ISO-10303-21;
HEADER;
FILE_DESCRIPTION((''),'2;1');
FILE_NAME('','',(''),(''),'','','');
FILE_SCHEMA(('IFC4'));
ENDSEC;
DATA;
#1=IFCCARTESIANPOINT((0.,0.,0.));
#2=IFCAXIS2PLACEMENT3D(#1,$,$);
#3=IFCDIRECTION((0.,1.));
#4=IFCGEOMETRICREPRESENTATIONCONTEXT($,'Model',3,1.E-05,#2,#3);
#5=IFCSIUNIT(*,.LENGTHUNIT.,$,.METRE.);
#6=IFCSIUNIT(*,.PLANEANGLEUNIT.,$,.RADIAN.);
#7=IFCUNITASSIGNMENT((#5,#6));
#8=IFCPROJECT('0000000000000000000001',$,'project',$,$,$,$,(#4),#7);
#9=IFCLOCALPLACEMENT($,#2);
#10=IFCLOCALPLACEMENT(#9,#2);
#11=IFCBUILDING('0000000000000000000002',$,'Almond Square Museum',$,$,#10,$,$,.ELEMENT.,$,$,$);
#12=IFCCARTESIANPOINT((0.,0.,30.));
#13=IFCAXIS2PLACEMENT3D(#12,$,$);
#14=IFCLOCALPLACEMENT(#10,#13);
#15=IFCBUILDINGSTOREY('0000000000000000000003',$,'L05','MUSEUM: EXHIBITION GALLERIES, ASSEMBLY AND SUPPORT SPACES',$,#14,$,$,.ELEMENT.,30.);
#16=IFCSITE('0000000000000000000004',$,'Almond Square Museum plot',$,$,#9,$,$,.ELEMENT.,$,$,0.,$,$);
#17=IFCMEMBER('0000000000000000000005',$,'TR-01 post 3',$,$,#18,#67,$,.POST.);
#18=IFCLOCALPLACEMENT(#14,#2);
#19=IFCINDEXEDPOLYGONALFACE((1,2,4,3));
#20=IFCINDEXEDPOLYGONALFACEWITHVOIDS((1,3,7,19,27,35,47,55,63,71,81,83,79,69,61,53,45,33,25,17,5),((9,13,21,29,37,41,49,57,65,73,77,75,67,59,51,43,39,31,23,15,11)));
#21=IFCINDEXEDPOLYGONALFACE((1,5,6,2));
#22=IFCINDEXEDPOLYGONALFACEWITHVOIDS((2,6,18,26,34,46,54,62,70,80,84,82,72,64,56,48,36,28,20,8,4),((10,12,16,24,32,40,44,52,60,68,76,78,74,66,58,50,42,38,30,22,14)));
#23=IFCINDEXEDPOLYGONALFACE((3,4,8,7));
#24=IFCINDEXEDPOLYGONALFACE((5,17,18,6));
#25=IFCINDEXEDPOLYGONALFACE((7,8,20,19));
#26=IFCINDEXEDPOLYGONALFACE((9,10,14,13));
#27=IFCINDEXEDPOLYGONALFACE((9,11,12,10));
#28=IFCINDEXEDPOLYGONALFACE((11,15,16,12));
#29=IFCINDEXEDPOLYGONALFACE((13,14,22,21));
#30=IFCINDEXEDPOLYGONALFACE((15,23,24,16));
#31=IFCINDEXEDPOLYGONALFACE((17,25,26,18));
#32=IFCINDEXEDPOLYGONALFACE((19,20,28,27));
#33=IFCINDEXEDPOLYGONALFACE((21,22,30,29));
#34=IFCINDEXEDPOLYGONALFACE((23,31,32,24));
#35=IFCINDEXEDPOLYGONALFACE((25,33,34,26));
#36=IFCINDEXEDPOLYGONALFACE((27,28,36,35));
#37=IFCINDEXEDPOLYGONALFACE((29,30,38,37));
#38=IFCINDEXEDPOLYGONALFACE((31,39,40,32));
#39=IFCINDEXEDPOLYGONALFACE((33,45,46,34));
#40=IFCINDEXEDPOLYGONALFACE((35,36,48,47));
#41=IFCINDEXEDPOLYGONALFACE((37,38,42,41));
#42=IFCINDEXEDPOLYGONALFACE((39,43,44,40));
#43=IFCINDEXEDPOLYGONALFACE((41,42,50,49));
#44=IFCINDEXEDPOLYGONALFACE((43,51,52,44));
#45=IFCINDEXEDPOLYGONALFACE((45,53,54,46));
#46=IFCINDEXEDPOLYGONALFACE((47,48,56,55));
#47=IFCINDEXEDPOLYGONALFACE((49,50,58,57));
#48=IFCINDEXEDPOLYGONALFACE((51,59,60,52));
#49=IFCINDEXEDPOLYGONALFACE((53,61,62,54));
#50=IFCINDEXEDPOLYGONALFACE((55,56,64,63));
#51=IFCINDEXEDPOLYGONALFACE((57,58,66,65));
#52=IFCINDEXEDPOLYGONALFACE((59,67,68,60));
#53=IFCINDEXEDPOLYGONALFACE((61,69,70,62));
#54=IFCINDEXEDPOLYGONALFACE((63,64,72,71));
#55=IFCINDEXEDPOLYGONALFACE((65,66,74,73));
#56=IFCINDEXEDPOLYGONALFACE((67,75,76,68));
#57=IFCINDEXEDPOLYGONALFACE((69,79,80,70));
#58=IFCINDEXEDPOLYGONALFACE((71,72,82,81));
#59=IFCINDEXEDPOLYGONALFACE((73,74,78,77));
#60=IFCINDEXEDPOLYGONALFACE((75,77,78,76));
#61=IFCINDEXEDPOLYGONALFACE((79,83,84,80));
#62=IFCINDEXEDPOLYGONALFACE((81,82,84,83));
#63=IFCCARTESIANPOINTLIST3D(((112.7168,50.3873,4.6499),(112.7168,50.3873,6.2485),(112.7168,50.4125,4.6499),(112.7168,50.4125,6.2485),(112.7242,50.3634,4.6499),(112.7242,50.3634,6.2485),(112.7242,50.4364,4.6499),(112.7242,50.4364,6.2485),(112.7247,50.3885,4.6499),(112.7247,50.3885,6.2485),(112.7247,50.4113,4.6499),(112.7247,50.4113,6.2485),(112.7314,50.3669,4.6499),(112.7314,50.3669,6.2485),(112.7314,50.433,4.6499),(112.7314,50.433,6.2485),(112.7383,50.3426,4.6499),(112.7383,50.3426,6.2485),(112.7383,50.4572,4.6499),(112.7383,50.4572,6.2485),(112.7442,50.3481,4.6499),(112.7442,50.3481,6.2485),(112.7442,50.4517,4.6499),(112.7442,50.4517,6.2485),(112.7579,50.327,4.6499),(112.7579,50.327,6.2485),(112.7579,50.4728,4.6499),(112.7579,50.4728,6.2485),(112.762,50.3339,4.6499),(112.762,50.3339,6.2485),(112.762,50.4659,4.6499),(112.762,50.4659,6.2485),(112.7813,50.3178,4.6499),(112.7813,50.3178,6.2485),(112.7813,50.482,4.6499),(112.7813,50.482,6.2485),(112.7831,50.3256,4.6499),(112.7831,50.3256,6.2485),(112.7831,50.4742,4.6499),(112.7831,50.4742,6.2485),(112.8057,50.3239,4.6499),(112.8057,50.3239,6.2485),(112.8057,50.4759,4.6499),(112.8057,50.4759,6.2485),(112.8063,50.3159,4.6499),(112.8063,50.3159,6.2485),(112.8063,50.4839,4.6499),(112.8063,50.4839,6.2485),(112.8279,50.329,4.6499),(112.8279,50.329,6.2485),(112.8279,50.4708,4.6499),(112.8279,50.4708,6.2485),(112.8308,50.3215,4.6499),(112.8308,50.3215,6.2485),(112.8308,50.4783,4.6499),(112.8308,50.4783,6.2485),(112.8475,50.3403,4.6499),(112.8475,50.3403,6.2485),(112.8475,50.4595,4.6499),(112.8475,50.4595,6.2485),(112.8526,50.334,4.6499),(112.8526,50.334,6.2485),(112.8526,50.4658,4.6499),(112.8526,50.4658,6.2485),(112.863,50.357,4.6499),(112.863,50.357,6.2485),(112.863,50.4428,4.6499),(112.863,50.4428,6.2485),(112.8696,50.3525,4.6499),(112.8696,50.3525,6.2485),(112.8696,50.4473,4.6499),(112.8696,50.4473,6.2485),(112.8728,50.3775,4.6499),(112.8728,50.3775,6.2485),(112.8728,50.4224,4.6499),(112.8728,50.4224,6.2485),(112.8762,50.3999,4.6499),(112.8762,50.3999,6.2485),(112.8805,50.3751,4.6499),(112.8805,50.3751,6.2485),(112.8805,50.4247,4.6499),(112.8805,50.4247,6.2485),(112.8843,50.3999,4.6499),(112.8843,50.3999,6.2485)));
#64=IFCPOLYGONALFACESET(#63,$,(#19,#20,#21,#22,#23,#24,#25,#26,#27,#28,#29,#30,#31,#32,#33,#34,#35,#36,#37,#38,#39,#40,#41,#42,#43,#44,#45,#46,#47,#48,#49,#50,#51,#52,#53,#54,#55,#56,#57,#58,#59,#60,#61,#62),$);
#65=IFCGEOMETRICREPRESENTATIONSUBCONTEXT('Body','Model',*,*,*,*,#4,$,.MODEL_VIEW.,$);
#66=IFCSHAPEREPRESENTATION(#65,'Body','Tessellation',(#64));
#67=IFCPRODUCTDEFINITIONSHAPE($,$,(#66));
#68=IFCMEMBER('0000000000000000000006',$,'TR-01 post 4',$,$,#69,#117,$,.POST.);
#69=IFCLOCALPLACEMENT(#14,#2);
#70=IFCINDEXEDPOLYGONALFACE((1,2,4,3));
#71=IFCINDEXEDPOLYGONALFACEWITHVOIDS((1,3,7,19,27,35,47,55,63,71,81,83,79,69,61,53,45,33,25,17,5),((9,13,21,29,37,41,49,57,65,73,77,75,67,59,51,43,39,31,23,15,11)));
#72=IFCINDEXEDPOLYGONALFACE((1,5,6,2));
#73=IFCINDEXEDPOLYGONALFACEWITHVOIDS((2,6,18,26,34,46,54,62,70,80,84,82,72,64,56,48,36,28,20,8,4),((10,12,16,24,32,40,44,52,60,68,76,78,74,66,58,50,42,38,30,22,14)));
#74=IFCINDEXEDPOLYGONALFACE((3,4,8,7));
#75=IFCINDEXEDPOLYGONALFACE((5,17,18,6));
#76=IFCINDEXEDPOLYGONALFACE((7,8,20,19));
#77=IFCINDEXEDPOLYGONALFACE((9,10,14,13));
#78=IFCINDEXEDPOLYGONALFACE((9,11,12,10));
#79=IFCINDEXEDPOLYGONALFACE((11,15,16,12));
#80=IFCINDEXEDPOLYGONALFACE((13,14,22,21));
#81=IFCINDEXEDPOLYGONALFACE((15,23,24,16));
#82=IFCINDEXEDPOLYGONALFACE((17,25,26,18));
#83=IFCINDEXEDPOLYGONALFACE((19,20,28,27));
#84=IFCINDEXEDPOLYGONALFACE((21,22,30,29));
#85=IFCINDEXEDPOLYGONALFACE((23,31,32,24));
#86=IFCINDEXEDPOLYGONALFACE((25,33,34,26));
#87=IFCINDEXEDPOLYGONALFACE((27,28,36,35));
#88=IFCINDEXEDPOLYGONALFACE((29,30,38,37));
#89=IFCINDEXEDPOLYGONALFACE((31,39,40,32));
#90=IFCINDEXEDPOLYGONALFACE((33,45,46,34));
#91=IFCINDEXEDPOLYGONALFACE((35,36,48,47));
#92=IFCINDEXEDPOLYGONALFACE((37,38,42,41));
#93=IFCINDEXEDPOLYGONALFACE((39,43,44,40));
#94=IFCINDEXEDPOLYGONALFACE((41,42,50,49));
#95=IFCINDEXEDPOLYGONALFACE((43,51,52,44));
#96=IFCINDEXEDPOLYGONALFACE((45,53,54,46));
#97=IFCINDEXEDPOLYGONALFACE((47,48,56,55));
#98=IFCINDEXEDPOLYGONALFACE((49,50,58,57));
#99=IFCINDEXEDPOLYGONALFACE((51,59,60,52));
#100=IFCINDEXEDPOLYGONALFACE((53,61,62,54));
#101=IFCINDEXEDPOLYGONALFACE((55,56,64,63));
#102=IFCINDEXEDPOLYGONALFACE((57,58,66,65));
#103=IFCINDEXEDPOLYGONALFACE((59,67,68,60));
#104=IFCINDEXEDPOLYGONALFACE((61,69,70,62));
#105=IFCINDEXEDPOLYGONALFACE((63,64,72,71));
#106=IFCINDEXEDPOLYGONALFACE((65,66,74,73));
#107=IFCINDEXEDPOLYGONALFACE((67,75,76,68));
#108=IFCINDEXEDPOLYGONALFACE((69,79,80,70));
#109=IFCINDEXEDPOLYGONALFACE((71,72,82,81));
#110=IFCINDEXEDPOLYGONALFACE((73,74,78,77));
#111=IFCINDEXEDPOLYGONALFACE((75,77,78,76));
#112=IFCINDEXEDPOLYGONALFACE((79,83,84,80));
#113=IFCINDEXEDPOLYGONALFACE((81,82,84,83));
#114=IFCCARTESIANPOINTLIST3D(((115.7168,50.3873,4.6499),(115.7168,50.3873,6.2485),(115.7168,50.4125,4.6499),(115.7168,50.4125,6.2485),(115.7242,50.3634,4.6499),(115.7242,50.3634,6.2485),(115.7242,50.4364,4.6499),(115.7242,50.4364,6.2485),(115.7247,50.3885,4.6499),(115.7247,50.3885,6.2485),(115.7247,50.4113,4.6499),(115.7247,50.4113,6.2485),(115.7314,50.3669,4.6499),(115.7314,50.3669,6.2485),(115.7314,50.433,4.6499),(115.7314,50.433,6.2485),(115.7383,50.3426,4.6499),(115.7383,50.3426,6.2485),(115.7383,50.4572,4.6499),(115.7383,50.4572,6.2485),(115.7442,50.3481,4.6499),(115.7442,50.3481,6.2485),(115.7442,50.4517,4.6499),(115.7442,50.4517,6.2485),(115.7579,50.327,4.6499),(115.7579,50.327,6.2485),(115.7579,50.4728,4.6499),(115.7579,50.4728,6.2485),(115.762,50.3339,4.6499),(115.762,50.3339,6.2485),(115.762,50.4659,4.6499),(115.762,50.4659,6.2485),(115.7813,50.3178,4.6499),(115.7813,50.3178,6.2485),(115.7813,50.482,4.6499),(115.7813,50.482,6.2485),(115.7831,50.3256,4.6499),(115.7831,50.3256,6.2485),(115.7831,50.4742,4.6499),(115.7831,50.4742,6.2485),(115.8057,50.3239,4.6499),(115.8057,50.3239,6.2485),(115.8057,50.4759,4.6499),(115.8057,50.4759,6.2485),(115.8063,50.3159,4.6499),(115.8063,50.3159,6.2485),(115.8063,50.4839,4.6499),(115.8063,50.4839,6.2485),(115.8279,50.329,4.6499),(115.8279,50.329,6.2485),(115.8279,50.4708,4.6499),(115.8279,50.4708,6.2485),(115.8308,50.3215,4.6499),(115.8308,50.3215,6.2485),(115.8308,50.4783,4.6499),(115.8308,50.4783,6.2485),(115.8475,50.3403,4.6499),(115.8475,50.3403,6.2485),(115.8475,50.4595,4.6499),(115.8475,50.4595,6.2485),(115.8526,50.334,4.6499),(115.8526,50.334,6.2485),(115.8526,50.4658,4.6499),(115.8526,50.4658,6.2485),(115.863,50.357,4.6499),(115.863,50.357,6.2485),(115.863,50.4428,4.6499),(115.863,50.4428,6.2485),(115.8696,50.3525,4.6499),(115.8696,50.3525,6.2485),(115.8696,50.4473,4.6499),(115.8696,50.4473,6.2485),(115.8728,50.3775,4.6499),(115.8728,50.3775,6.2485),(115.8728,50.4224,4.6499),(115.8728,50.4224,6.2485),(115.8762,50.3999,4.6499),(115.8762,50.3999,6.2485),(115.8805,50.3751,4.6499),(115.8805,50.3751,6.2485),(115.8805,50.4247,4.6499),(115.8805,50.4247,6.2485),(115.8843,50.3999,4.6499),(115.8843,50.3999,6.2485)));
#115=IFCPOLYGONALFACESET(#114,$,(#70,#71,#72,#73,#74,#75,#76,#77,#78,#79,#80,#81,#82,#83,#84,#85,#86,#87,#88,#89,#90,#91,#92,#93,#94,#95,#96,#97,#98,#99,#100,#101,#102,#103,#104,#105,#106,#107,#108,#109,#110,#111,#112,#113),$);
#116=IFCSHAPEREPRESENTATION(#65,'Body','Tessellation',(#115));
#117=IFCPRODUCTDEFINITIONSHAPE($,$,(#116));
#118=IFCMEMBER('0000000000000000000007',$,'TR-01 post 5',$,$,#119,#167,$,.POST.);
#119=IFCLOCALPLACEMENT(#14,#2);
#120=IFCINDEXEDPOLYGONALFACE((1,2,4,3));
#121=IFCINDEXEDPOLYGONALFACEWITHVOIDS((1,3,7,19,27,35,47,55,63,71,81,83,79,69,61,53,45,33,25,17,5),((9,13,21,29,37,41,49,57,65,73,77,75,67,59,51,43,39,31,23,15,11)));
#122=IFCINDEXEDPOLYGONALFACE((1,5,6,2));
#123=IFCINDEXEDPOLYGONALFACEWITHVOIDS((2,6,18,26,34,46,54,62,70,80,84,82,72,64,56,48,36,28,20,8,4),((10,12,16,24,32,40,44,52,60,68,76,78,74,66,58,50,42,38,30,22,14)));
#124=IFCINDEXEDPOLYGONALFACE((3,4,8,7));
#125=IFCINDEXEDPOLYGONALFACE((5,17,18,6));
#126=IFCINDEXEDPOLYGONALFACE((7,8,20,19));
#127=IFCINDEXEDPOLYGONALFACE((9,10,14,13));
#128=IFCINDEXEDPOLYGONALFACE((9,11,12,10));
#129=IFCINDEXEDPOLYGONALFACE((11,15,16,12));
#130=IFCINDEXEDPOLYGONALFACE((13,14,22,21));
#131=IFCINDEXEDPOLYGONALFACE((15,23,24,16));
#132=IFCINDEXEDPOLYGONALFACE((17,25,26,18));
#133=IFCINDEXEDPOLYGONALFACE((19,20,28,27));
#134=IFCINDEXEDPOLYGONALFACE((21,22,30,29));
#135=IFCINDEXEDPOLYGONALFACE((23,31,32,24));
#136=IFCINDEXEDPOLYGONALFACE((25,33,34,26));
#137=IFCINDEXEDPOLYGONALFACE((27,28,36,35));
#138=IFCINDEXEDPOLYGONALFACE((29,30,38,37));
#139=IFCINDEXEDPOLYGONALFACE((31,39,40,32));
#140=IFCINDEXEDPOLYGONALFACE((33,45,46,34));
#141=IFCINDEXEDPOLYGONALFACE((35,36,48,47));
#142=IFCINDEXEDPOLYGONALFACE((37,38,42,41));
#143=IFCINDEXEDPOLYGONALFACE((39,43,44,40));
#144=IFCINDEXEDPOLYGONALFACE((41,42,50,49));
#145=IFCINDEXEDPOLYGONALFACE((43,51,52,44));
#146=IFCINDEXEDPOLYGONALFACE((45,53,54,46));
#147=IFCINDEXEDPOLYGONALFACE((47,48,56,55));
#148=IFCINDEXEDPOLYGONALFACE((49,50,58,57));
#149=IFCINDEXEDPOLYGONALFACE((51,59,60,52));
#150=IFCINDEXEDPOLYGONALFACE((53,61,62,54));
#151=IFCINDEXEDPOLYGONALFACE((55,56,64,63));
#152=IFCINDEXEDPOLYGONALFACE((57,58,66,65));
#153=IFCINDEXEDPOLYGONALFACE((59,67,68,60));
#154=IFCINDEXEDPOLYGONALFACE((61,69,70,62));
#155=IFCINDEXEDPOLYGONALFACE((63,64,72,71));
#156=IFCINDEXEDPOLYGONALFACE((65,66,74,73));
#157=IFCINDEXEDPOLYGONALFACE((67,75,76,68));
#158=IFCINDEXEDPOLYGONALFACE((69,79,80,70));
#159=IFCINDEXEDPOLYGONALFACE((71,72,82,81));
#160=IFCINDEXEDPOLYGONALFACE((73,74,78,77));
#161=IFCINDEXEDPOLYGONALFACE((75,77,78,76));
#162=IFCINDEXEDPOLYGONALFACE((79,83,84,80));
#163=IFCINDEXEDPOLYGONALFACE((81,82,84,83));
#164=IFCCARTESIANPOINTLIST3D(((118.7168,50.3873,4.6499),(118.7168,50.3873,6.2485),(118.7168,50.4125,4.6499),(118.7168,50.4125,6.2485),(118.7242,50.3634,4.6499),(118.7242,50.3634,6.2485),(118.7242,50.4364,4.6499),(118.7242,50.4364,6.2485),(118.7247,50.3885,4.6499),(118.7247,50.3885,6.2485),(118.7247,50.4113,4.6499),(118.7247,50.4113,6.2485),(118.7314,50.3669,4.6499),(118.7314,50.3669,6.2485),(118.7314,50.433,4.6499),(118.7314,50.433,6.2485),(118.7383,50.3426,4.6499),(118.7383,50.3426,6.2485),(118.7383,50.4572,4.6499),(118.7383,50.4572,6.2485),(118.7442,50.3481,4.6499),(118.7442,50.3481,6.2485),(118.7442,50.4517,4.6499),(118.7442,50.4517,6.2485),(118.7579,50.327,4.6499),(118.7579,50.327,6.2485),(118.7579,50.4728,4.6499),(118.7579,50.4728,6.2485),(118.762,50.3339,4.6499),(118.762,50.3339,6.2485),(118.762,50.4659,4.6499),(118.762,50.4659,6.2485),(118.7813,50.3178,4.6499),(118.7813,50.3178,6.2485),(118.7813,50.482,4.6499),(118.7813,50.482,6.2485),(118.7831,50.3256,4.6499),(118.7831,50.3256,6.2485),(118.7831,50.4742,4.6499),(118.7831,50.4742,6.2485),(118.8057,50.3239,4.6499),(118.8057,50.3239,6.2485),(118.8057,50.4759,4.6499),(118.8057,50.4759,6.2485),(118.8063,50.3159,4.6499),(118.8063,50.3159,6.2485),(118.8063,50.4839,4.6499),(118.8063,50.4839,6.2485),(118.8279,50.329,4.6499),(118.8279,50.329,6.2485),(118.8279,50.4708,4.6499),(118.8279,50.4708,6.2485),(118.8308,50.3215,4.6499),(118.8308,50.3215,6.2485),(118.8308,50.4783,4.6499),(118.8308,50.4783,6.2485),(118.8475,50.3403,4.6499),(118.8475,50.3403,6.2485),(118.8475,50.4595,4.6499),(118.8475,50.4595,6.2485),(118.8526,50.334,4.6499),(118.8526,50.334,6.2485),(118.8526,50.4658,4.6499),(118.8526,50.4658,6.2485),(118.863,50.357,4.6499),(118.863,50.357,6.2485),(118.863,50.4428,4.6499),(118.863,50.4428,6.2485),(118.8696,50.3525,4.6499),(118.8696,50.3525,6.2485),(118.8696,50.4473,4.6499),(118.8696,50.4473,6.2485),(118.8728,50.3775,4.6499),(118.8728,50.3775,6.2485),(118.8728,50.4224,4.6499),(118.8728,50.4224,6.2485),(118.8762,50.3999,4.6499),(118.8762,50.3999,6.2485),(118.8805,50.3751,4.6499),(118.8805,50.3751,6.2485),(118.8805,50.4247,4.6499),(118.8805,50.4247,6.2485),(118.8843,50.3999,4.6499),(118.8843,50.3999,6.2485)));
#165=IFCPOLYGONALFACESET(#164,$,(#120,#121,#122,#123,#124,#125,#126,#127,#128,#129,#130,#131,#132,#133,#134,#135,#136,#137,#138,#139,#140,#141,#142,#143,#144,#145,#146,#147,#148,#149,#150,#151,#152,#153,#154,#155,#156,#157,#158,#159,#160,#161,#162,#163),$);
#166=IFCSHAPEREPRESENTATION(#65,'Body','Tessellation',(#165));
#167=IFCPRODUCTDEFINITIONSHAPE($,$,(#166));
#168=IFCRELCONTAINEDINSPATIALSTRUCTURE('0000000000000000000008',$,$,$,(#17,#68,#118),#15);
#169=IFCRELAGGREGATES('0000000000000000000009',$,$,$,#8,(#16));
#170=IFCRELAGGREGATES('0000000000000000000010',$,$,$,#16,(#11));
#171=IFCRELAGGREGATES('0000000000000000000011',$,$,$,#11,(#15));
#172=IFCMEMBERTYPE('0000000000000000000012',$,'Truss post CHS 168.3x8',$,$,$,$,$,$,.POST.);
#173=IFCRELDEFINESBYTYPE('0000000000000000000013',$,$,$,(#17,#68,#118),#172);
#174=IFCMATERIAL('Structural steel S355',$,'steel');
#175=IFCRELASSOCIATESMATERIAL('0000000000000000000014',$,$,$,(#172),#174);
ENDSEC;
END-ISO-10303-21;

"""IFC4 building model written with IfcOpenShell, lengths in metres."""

from ifc_helpers import new_model, si_unit, direction, frame, origin, origin_2d, place, context, subcontext, project, spatial, hollow_circle, extrude, material, material_profile, profile_set, type_object, element, save


model = new_model("IFC4")

# Units and contexts
model_context = context("Model", 3, precision=1e-05, world=origin(), true_north=direction((0.0, 1.0)))
body_context = subcontext(model_context, "Body", "Model", "MODEL_VIEW")
ifc_project = project(units=[si_unit("LENGTHUNIT", "METRE"), si_unit("PLANEANGLEUNIT", "RADIAN")], contexts=[model_context])

# Site, building, storey
site_placement = place(None, origin())
site = spatial("IfcSite", under=ifc_project, at=site_placement, Name="Almond Square Museum plot", CompositionType="ELEMENT", RefElevation=0.0)
building_placement = place(site_placement, origin())
building = spatial("IfcBuilding", under=site, at=building_placement, Name="Almond Square Museum", CompositionType="ELEMENT")
storey_placement = place(building_placement, frame((0.0, 0.0, 30.0)))
storey = spatial("IfcBuildingStorey", under=building, at=storey_placement, Name="L05", Description="MUSEUM: EXHIBITION GALLERIES, ASSEMBLY AND SUPPORT SPACES", CompositionType="ELEMENT", Elevation=30.0)

# Members
ifc_material_1 = material(Name="Structural steel S355", Category="steel")
ifc_material_profile_1 = material_profile(ifc_material_1, hollow_circle(Radius=0.0842, WallThickness=0.0081, at=origin_2d()))
ifc_profile_set_1 = profile_set([ifc_material_profile_1], Name="Structural steel S355")
member_type_1 = type_object("IfcMemberType", Name="Truss post CHS 168.3x8", PredefinedType="POST", material=ifc_profile_set_1)
for number, where, z_axis, x_axis, name in (
    (1, (112.8, 50.3999, 4.6499), (0.0, 0.0, 1.0), (1.0, 0.0, 0.0), "TR-01 post 3"),
    (2, (115.8, 50.3999, 4.6499), (0.0, 0.0, 1.0), (1.0, 0.0, 0.0), "TR-01 post 4"),
    (3, (118.8, 50.3999, 4.6499), (0.0, 0.0, 1.0), (1.0, 0.0, 0.0), "TR-01 post 5"),
):
    element("IfcMember", number, at=place(storey_placement, frame(where, z_axis=z_axis, x_axis=x_axis)), inside=storey, type_object=member_type_1, Name=name, PredefinedType="POST", context=body_context, shape_type="SweptSolid", body=[
        extrude(hollow_circle(Radius=0.0842, WallThickness=0.0081, at=origin_2d()), origin(), (0.0, 0.0, 1.0), 1.5986),
    ])

save(model, "model.ifc")
